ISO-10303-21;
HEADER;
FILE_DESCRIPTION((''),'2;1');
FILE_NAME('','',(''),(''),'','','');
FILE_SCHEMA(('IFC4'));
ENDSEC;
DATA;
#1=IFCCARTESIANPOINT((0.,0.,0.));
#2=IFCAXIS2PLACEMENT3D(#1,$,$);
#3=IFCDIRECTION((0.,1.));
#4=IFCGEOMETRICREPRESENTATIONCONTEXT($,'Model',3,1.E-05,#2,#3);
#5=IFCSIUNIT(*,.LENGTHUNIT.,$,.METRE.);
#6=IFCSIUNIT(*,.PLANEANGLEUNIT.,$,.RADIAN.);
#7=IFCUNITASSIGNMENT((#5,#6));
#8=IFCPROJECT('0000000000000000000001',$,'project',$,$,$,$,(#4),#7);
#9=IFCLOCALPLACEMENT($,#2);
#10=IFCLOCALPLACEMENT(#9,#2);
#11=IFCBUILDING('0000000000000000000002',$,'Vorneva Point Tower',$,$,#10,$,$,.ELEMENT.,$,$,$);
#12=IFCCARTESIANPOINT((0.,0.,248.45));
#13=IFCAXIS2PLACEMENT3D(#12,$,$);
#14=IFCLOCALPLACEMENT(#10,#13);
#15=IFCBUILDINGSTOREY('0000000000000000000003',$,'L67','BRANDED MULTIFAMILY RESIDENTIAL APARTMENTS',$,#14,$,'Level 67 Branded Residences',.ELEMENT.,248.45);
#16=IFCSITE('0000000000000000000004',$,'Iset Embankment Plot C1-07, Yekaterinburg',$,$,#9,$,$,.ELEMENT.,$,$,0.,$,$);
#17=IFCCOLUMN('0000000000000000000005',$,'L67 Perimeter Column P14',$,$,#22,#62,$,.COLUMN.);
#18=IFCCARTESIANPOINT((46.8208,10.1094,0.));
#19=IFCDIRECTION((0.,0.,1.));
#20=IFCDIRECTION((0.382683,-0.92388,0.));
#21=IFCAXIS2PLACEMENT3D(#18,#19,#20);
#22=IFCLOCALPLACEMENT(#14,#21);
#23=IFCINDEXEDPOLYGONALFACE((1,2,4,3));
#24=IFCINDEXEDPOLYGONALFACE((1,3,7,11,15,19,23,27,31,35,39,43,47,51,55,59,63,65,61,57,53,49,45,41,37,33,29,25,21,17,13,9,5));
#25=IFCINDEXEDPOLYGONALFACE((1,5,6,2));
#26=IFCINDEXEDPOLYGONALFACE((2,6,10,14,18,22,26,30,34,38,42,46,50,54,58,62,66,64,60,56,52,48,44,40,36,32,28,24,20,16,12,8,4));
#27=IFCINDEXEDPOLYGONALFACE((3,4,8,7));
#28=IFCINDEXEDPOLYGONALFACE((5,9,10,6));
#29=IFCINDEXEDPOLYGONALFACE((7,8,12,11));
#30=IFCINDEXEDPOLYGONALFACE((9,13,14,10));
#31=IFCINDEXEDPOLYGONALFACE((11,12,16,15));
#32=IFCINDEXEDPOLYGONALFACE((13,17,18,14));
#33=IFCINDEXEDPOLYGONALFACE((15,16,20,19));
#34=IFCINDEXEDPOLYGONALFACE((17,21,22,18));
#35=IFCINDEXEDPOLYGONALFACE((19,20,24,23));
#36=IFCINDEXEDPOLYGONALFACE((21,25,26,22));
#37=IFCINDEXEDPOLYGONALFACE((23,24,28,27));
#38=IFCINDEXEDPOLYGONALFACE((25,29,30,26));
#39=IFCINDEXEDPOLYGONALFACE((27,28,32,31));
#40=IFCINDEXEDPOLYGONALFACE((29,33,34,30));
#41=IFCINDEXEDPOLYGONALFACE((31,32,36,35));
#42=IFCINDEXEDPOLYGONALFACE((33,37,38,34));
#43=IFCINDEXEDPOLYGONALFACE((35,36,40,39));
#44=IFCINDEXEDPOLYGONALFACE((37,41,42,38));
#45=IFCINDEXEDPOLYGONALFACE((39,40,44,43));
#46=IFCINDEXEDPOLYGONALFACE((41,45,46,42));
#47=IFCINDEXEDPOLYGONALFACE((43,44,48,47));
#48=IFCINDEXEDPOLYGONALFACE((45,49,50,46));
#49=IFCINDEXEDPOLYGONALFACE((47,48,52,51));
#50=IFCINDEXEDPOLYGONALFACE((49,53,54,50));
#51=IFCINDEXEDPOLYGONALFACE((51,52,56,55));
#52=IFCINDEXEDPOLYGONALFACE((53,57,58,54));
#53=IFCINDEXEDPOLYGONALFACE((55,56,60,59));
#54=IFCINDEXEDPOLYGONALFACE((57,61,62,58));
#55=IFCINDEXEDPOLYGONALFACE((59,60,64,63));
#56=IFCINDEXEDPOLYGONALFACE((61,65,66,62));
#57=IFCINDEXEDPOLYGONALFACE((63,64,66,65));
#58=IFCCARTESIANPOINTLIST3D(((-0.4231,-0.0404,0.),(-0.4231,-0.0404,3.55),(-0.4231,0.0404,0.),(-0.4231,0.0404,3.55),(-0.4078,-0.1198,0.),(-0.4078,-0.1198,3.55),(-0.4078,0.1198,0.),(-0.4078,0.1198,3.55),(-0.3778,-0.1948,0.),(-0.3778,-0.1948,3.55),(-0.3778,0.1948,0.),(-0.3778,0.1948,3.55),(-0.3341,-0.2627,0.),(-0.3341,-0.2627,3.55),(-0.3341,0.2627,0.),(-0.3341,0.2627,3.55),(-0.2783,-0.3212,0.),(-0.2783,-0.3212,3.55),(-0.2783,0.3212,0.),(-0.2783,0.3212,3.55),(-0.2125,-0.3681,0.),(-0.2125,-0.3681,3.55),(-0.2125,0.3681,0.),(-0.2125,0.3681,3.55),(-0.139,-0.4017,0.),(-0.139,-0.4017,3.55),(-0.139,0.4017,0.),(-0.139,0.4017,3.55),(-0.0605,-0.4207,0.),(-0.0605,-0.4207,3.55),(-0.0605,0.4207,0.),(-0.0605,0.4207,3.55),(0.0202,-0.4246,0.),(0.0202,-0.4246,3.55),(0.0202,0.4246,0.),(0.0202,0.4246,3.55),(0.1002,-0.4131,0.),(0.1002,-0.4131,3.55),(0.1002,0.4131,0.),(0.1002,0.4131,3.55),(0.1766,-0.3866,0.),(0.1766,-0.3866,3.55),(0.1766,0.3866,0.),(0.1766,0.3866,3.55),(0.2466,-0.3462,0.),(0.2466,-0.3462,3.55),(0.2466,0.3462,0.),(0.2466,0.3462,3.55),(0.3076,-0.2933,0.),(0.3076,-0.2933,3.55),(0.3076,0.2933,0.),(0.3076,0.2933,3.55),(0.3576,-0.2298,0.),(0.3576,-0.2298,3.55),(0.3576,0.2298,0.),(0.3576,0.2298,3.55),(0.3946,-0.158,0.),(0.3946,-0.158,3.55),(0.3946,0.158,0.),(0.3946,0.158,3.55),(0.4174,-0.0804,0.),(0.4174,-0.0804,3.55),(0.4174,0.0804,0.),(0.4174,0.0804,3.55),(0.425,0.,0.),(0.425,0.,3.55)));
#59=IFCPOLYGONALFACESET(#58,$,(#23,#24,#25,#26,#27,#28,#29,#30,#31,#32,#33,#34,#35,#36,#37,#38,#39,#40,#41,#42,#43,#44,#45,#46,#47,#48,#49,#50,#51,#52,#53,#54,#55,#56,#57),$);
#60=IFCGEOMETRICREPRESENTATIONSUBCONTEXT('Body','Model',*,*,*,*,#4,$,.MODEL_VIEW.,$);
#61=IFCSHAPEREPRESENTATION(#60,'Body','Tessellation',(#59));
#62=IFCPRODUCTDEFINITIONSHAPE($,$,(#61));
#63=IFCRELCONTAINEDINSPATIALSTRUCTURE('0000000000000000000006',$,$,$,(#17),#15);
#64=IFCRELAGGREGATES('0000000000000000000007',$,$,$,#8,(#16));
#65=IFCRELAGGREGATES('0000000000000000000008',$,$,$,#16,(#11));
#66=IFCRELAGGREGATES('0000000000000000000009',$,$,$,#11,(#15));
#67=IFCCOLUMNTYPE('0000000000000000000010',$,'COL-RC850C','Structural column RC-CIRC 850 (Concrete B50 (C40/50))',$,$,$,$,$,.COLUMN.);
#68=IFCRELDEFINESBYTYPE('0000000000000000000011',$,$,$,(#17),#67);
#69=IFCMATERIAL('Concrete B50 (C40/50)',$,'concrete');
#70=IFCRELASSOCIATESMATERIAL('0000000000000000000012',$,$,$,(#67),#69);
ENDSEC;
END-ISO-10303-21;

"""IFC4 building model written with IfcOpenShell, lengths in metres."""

from ifc_helpers import new_model, si_unit, direction, frame, origin, origin_2d, place, context, subcontext, project, spatial, circle, extrude, material, material_profile, profile_set, type_object, element, save


model = new_model("IFC4")

# Units and contexts
model_context = context("Model", 3, precision=1e-05, world=origin(), true_north=direction((0.0, 1.0)))
body_context = subcontext(model_context, "Body", "Model", "MODEL_VIEW")
ifc_project = project(units=[si_unit("LENGTHUNIT", "METRE"), si_unit("PLANEANGLEUNIT", "RADIAN")], contexts=[model_context])

# Site, building, storey
site_placement = place(None, origin())
site = spatial("IfcSite", under=ifc_project, at=site_placement, Name="Iset Embankment Plot C1-07, Yekaterinburg", CompositionType="ELEMENT", RefElevation=0.0)
building_placement = place(site_placement, origin())
building = spatial("IfcBuilding", under=site, at=building_placement, Name="Vorneva Point Tower", CompositionType="ELEMENT")
storey_placement = place(building_placement, frame((0.0, 0.0, 248.45)))
storey = spatial("IfcBuildingStorey", under=building, at=storey_placement, Name="L67", Description="BRANDED MULTIFAMILY RESIDENTIAL APARTMENTS", LongName="Level 67 Branded Residences", CompositionType="ELEMENT", Elevation=248.45)

# Column
ifc_material_1 = material(Name="Concrete B50 (C40/50)", Category="concrete")
ifc_material_profile_1 = material_profile(ifc_material_1, circle(Radius=0.425, at=origin_2d()), Name="RC-CIRC 850")
ifc_profile_set_1 = profile_set([ifc_material_profile_1], Name="Concrete B50 (C40/50)")
column_type = type_object("IfcColumnType", Name="COL-RC850C", Description="Structural column RC-CIRC 850 (Concrete B50 (C40/50))", PredefinedType="COLUMN", material=ifc_profile_set_1)
for number, where, z_axis, x_axis, name in (
    (1, (46.8208, 10.1094, 0.0), (0.0, 0.0, 1.0), (0.382683, -0.92388, 0.0), "L67 Perimeter Column P14"),
):
    element("IfcColumn", number, at=place(storey_placement, frame(where, z_axis=z_axis, x_axis=x_axis)), inside=storey, type_object=column_type, Name=name, PredefinedType="COLUMN", context=body_context, shape_type="SweptSolid", body=[
        extrude(circle(Radius=0.425, at=origin_2d()), origin(), (0.0, 0.0, 1.0), 3.55),
    ])

save(model, "model.ifc")
